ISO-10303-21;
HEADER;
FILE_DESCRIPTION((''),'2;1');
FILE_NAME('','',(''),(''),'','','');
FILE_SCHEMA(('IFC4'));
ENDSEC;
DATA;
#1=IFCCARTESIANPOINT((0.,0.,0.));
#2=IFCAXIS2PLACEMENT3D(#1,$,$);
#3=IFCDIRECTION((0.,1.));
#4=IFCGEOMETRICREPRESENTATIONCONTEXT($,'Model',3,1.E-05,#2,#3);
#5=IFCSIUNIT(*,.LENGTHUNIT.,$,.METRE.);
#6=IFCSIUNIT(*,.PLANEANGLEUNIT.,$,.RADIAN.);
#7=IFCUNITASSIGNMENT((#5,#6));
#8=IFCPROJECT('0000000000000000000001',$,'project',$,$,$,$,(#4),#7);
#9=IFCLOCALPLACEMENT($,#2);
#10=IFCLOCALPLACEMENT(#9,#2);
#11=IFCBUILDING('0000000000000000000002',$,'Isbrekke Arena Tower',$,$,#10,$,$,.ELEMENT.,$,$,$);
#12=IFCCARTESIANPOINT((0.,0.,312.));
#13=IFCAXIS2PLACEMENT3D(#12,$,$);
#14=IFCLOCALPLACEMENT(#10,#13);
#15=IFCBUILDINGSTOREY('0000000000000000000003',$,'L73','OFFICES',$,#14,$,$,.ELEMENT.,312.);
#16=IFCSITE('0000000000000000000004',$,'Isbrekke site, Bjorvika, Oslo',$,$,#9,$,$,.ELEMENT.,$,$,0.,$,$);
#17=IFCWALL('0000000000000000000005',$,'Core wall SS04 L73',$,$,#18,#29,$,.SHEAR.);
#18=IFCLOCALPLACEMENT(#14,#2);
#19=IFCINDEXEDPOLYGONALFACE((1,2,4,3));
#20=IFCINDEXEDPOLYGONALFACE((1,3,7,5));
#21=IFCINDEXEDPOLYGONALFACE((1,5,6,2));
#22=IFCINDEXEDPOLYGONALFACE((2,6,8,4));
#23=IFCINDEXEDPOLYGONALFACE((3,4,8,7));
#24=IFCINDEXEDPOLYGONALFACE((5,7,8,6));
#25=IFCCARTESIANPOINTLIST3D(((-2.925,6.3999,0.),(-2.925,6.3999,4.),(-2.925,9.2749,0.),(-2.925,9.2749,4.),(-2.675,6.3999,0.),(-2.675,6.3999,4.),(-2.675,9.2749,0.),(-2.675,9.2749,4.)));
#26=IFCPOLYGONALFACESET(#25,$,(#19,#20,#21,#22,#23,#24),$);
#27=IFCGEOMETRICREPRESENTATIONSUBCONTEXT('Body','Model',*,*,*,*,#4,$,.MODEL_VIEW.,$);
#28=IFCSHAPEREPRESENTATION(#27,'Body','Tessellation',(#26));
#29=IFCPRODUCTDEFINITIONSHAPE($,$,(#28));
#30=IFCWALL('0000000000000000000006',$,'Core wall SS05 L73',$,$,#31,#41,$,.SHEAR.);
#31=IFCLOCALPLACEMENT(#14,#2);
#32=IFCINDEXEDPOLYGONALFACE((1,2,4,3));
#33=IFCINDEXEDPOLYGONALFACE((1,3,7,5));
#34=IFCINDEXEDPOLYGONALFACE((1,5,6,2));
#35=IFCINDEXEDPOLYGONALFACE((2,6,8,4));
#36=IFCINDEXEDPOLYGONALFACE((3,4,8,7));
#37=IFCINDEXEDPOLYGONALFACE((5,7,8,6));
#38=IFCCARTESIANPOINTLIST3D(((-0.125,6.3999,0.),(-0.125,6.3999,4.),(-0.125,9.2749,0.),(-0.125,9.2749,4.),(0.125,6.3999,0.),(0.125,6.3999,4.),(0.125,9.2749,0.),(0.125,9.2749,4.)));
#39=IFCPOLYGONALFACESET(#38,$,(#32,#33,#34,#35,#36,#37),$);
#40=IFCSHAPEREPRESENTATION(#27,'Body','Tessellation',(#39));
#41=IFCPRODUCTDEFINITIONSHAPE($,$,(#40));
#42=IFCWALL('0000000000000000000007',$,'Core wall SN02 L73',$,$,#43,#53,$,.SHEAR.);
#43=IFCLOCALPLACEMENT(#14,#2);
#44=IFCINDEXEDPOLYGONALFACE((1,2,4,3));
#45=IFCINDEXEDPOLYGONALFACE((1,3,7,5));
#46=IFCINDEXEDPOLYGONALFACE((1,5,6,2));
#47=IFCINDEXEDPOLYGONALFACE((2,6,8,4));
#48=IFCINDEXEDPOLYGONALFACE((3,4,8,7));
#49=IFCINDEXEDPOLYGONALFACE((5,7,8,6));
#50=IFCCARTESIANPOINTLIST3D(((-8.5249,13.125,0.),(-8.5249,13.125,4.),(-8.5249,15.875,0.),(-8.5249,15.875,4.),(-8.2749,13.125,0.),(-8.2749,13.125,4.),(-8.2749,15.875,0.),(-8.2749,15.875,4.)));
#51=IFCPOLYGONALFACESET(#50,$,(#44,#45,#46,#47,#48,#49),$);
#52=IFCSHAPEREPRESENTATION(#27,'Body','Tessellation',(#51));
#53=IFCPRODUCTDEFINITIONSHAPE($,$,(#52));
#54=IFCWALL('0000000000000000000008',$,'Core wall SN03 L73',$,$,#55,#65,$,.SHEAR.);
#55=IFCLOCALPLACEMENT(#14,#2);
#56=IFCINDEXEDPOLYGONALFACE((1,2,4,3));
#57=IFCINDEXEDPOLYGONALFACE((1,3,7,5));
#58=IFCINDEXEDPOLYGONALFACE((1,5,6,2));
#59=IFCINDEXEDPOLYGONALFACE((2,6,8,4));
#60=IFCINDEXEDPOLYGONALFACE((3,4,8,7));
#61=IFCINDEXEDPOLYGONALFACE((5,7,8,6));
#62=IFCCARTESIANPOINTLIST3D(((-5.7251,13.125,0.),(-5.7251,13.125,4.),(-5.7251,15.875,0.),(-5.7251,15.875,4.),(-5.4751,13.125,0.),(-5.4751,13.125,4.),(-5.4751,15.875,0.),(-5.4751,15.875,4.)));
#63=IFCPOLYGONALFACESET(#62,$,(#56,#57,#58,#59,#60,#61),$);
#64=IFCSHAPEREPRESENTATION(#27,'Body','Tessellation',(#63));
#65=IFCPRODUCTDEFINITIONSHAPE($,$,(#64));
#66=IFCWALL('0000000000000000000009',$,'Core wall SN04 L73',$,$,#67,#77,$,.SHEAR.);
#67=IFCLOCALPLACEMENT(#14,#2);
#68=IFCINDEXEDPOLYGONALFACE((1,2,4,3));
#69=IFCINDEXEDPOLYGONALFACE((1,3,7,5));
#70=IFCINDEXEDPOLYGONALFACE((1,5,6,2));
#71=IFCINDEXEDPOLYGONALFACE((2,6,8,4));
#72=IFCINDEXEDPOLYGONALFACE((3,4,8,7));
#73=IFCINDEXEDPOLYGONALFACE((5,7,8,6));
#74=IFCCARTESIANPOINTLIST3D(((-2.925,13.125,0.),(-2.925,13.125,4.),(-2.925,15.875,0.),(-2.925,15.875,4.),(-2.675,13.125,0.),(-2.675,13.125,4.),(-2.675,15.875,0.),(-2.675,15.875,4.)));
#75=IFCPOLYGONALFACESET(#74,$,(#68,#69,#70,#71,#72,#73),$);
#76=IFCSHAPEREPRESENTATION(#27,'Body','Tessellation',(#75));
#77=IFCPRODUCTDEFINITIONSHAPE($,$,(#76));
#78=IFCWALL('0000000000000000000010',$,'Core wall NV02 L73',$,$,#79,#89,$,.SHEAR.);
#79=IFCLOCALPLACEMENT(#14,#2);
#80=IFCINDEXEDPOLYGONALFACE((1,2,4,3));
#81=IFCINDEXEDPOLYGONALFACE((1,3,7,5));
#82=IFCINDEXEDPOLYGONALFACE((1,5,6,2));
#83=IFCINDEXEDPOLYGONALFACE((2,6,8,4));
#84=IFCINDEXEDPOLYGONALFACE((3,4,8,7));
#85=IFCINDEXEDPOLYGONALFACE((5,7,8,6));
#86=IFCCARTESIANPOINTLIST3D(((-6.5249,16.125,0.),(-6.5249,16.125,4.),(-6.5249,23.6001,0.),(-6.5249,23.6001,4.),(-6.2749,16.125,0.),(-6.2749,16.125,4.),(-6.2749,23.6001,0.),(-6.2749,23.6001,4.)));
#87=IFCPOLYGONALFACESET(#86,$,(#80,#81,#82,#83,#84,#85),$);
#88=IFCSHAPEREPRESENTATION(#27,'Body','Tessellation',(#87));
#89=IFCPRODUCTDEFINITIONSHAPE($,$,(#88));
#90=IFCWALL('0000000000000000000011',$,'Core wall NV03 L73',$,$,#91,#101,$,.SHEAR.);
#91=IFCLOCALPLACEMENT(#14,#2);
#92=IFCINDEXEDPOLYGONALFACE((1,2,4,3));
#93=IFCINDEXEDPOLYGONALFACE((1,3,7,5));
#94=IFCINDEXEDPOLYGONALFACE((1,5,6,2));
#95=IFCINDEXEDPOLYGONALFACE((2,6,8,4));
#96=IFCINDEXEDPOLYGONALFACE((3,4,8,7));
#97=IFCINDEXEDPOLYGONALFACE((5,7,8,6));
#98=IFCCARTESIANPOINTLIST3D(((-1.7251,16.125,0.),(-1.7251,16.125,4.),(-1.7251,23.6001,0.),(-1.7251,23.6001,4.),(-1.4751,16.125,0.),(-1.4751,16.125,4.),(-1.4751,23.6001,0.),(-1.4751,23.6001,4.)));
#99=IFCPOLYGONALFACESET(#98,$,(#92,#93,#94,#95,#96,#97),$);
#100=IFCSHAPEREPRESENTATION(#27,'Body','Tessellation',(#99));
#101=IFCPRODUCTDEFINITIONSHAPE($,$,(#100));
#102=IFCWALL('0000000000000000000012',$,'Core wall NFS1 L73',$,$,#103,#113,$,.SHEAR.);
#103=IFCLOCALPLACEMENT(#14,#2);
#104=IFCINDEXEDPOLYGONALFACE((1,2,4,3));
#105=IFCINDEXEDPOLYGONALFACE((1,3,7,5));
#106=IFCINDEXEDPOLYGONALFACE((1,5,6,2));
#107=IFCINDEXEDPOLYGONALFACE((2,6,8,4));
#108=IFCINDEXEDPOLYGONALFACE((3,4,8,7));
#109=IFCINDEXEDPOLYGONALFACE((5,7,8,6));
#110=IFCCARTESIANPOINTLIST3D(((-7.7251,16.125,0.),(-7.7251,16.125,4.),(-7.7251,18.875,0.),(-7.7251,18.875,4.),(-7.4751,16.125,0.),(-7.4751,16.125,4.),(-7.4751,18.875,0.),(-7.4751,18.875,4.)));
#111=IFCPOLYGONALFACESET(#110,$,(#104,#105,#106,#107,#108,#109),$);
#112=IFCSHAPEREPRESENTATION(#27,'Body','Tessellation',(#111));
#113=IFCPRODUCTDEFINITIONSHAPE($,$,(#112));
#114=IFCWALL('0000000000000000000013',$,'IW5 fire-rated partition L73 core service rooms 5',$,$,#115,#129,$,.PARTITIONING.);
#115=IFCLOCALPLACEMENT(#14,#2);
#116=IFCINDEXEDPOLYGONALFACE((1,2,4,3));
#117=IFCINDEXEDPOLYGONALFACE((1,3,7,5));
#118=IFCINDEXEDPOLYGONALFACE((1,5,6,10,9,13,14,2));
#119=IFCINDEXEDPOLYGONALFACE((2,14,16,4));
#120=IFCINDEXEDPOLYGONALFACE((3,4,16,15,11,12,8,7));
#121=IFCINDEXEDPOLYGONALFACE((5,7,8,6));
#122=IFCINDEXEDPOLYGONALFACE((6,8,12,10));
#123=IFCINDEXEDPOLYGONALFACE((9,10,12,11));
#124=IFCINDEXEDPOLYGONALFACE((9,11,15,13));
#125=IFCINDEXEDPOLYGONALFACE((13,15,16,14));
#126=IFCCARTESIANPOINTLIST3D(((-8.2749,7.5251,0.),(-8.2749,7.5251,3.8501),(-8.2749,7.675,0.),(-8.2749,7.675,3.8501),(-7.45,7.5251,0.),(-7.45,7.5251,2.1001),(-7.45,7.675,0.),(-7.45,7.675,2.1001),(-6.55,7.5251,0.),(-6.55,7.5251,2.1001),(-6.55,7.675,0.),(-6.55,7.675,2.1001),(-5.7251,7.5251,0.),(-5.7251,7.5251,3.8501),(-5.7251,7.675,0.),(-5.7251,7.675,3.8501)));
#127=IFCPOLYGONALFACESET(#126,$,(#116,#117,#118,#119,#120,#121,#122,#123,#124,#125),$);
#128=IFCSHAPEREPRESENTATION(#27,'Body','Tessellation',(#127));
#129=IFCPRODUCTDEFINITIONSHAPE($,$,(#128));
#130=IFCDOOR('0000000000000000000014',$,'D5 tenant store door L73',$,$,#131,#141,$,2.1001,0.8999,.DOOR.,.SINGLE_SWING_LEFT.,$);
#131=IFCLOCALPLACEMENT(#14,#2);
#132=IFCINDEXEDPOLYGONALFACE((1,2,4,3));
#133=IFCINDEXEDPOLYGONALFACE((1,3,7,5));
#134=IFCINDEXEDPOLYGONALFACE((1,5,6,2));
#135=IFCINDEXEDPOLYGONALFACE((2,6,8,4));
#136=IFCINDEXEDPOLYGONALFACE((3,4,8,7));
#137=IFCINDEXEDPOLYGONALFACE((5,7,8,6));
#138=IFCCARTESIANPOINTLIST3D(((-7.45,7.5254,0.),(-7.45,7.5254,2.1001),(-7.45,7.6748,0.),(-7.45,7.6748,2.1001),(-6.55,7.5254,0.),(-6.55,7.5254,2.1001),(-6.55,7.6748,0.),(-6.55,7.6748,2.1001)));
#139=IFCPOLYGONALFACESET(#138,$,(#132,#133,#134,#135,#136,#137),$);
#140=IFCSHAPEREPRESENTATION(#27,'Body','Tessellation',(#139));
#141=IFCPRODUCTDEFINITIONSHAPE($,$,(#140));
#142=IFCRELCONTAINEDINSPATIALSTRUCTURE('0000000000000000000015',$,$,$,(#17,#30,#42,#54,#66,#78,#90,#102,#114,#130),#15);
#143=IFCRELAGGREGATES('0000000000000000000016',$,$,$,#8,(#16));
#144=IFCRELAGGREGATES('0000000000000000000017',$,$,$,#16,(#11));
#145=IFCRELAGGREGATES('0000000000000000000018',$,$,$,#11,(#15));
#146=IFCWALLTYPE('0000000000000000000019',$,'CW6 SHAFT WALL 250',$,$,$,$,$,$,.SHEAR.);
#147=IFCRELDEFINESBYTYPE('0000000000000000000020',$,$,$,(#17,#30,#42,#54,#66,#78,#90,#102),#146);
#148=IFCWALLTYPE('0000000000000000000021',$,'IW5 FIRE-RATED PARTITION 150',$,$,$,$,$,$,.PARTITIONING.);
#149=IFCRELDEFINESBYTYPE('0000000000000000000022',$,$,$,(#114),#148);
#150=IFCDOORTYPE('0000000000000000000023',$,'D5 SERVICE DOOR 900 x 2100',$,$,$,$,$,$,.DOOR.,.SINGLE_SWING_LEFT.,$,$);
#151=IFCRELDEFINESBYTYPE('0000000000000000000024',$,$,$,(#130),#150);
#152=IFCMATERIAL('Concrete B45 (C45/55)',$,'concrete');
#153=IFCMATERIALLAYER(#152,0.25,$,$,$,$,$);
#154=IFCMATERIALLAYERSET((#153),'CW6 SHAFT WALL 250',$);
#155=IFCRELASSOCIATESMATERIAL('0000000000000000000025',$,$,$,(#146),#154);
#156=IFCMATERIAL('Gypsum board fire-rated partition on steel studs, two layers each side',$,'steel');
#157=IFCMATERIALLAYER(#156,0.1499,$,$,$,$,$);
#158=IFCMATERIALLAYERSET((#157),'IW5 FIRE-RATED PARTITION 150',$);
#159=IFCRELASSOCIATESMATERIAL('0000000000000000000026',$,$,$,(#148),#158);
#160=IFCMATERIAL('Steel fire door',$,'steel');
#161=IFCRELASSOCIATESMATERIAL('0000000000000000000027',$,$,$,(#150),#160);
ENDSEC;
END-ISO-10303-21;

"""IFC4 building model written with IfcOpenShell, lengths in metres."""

from ifc_helpers import new_model, si_unit, direction, frame, frame_2d, origin, place, context, subcontext, project, spatial, rectangle, extrude, material, layer, layer_set, type_object, element, fill, save


model = new_model("IFC4")

# Units and contexts
model_context = context("Model", 3, precision=1e-05, world=origin(), true_north=direction((0.0, 1.0)))
body_context = subcontext(model_context, "Body", "Model", "MODEL_VIEW")
ifc_project = project(units=[si_unit("LENGTHUNIT", "METRE"), si_unit("PLANEANGLEUNIT", "RADIAN")], contexts=[model_context])

# Site, building, storey
site_placement = place(None, origin())
site = spatial("IfcSite", under=ifc_project, at=site_placement, Name="Isbrekke site, Bjorvika, Oslo", CompositionType="ELEMENT", RefElevation=0.0)
building_placement = place(site_placement, origin())
building = spatial("IfcBuilding", under=site, at=building_placement, Name="Isbrekke Arena Tower", CompositionType="ELEMENT")
storey_placement = place(building_placement, frame((0.0, 0.0, 312.0)))
storey = spatial("IfcBuildingStorey", under=building, at=storey_placement, Name="L73", Description="OFFICES", CompositionType="ELEMENT", Elevation=312.0)

# Walls
ifc_material_1 = material(Name="Concrete B45 (C45/55)", Category="concrete")
ifc_layer_1 = layer(ifc_material_1, 0.25)
ifc_layer_set_1 = layer_set([ifc_layer_1], Name="CW6 SHAFT WALL 250")
wall_type_1 = type_object("IfcWallType", Name="CW6 SHAFT WALL 250", PredefinedType="SHEAR", material=ifc_layer_set_1)
for number, where, z_axis, x_axis, name in (
    (1, (-2.8, 6.3999, 0.0), (0.0, 0.0, 1.0), (0.0, 1.0, 0.0), "Core wall SS04 L73"),
    (2, (0.0, 6.3999, 0.0), (0.0, 0.0, 1.0), (0.0, 1.0, 0.0), "Core wall SS05 L73"),
):
    element("IfcWall", number, at=place(storey_placement, frame(where, z_axis=z_axis, x_axis=x_axis)), inside=storey, type_object=wall_type_1, Name=name, PredefinedType="SHEAR", context=body_context, shape_type="SweptSolid", body=[
        extrude(rectangle(XDim=2.875, YDim=0.25, at=frame_2d((1.4375, 0.0))), origin(), (0.0, 0.0, 1.0), 4.0),
    ])
for number, where, z_axis, x_axis, name in (
    (3, (-8.3999, 13.125, 0.0), (0.0, 0.0, 1.0), (0.0, 1.0, 0.0), "Core wall SN02 L73"),
    (4, (-5.6001, 13.125, 0.0), (0.0, 0.0, 1.0), (0.0, 1.0, 0.0), "Core wall SN03 L73"),
    (5, (-2.8, 13.125, 0.0), (0.0, 0.0, 1.0), (0.0, 1.0, 0.0), "Core wall SN04 L73"),
):
    element("IfcWall", number, at=place(storey_placement, frame(where, z_axis=z_axis, x_axis=x_axis)), inside=storey, type_object=wall_type_1, Name=name, PredefinedType="SHEAR", context=body_context, shape_type="SweptSolid", body=[
        extrude(rectangle(XDim=2.75, YDim=0.25, at=frame_2d((1.375, 0.0))), origin(), (0.0, 0.0, 1.0), 4.0),
    ])
for number, where, z_axis, x_axis, name in (
    (6, (-6.3999, 16.125, 0.0), (0.0, 0.0, 1.0), (0.0, 1.0, 0.0), "Core wall NV02 L73"),
    (7, (-1.6001, 16.125, 0.0), (0.0, 0.0, 1.0), (0.0, 1.0, 0.0), "Core wall NV03 L73"),
):
    element("IfcWall", number, at=place(storey_placement, frame(where, z_axis=z_axis, x_axis=x_axis)), inside=storey, type_object=wall_type_1, Name=name, PredefinedType="SHEAR", context=body_context, shape_type="SweptSolid", body=[
        extrude(rectangle(XDim=7.4751, YDim=0.25, at=frame_2d((3.7375, 0.0))), origin(), (0.0, 0.0, 1.0), 4.0),
    ])
wall_1_placement = place(storey_placement, frame((-7.6001, 16.125, 0.0), z_axis=(0.0, 0.0, 1.0), x_axis=(0.0, 1.0, 0.0)))
element("IfcWall", 8, at=wall_1_placement, inside=storey, type_object=wall_type_1, Name="Core wall NFS1 L73", PredefinedType="SHEAR", context=body_context, shape_type="SweptSolid", body=[
    extrude(rectangle(XDim=2.75, YDim=0.25, at=frame_2d((1.375, 0.0))), origin(), (0.0, 0.0, 1.0), 4.0),
])

# Wall, opening, door
ifc_material_2 = material(Name="Gypsum board fire-rated partition on steel studs, two layers each side", Category="steel")
ifc_layer_2 = layer(ifc_material_2, 0.1499)
ifc_layer_set_2 = layer_set([ifc_layer_2], Name="IW5 FIRE-RATED PARTITION 150")
wall_type_2 = type_object("IfcWallType", Name="IW5 FIRE-RATED PARTITION 150", PredefinedType="PARTITIONING", material=ifc_layer_set_2)
wall_2_placement = place(storey_placement, frame((-8.2749, 7.6001, 0.0), z_axis=(0.0, 0.0, 1.0), x_axis=(1.0, 0.0, 0.0)))
wall_2 = element("IfcWall", 9, at=wall_2_placement, inside=storey, type_object=wall_type_2, Name="IW5 fire-rated partition L73 core service rooms 5", PredefinedType="PARTITIONING", context=body_context, shape_type="SweptSolid", body=[
    extrude(rectangle(XDim=2.5498, YDim=0.1499, at=frame_2d((1.2749, 0.0))), origin(), (0.0, 0.0, 1.0), 3.8501),
])
opening_placement = place(wall_2_placement, frame((0.825, 0.0, 0.0)))
opening = element("IfcOpeningElement", 10, at=opening_placement, cuts=wall_2, PredefinedType="OPENING", context=body_context, shape_type="SweptSolid", body=[
    extrude(rectangle(XDim=0.8999, YDim=2.1001, at=frame_2d((0.45, 1.05))), frame((0.0, 0.0898, 0.0), z_axis=(0.0, -1.0, 0.0), x_axis=(1.0, 0.0, 0.0)), (0.0, 0.0, 1.0), 0.1797),
])
ifc_material_3 = material(Name="Steel fire door", Category="steel")
door_type = type_object("IfcDoorType", Name="D5 SERVICE DOOR 900 x 2100", OperationType="SINGLE_SWING_LEFT", PredefinedType="DOOR", material=ifc_material_3)
door_placement = place(opening_placement, origin())
door = element("IfcDoor", 11, at=door_placement, inside=storey, type_object=door_type, Name="D5 tenant store door L73", OperationType="SINGLE_SWING_LEFT", OverallHeight=2.1001, OverallWidth=0.8999, PredefinedType="DOOR", context=body_context, shape_type="SweptSolid", body=[
    extrude(rectangle(XDim=0.8999, YDim=2.1001, at=frame_2d((0.45, 1.05))), frame((0.0, 0.0747, 0.0), z_axis=(0.0, -1.0, 0.0), x_axis=(1.0, 0.0, 0.0)), (0.0, 0.0, 1.0), 0.1494),
])
fill(opening, door)

save(model, "model.ifc")
